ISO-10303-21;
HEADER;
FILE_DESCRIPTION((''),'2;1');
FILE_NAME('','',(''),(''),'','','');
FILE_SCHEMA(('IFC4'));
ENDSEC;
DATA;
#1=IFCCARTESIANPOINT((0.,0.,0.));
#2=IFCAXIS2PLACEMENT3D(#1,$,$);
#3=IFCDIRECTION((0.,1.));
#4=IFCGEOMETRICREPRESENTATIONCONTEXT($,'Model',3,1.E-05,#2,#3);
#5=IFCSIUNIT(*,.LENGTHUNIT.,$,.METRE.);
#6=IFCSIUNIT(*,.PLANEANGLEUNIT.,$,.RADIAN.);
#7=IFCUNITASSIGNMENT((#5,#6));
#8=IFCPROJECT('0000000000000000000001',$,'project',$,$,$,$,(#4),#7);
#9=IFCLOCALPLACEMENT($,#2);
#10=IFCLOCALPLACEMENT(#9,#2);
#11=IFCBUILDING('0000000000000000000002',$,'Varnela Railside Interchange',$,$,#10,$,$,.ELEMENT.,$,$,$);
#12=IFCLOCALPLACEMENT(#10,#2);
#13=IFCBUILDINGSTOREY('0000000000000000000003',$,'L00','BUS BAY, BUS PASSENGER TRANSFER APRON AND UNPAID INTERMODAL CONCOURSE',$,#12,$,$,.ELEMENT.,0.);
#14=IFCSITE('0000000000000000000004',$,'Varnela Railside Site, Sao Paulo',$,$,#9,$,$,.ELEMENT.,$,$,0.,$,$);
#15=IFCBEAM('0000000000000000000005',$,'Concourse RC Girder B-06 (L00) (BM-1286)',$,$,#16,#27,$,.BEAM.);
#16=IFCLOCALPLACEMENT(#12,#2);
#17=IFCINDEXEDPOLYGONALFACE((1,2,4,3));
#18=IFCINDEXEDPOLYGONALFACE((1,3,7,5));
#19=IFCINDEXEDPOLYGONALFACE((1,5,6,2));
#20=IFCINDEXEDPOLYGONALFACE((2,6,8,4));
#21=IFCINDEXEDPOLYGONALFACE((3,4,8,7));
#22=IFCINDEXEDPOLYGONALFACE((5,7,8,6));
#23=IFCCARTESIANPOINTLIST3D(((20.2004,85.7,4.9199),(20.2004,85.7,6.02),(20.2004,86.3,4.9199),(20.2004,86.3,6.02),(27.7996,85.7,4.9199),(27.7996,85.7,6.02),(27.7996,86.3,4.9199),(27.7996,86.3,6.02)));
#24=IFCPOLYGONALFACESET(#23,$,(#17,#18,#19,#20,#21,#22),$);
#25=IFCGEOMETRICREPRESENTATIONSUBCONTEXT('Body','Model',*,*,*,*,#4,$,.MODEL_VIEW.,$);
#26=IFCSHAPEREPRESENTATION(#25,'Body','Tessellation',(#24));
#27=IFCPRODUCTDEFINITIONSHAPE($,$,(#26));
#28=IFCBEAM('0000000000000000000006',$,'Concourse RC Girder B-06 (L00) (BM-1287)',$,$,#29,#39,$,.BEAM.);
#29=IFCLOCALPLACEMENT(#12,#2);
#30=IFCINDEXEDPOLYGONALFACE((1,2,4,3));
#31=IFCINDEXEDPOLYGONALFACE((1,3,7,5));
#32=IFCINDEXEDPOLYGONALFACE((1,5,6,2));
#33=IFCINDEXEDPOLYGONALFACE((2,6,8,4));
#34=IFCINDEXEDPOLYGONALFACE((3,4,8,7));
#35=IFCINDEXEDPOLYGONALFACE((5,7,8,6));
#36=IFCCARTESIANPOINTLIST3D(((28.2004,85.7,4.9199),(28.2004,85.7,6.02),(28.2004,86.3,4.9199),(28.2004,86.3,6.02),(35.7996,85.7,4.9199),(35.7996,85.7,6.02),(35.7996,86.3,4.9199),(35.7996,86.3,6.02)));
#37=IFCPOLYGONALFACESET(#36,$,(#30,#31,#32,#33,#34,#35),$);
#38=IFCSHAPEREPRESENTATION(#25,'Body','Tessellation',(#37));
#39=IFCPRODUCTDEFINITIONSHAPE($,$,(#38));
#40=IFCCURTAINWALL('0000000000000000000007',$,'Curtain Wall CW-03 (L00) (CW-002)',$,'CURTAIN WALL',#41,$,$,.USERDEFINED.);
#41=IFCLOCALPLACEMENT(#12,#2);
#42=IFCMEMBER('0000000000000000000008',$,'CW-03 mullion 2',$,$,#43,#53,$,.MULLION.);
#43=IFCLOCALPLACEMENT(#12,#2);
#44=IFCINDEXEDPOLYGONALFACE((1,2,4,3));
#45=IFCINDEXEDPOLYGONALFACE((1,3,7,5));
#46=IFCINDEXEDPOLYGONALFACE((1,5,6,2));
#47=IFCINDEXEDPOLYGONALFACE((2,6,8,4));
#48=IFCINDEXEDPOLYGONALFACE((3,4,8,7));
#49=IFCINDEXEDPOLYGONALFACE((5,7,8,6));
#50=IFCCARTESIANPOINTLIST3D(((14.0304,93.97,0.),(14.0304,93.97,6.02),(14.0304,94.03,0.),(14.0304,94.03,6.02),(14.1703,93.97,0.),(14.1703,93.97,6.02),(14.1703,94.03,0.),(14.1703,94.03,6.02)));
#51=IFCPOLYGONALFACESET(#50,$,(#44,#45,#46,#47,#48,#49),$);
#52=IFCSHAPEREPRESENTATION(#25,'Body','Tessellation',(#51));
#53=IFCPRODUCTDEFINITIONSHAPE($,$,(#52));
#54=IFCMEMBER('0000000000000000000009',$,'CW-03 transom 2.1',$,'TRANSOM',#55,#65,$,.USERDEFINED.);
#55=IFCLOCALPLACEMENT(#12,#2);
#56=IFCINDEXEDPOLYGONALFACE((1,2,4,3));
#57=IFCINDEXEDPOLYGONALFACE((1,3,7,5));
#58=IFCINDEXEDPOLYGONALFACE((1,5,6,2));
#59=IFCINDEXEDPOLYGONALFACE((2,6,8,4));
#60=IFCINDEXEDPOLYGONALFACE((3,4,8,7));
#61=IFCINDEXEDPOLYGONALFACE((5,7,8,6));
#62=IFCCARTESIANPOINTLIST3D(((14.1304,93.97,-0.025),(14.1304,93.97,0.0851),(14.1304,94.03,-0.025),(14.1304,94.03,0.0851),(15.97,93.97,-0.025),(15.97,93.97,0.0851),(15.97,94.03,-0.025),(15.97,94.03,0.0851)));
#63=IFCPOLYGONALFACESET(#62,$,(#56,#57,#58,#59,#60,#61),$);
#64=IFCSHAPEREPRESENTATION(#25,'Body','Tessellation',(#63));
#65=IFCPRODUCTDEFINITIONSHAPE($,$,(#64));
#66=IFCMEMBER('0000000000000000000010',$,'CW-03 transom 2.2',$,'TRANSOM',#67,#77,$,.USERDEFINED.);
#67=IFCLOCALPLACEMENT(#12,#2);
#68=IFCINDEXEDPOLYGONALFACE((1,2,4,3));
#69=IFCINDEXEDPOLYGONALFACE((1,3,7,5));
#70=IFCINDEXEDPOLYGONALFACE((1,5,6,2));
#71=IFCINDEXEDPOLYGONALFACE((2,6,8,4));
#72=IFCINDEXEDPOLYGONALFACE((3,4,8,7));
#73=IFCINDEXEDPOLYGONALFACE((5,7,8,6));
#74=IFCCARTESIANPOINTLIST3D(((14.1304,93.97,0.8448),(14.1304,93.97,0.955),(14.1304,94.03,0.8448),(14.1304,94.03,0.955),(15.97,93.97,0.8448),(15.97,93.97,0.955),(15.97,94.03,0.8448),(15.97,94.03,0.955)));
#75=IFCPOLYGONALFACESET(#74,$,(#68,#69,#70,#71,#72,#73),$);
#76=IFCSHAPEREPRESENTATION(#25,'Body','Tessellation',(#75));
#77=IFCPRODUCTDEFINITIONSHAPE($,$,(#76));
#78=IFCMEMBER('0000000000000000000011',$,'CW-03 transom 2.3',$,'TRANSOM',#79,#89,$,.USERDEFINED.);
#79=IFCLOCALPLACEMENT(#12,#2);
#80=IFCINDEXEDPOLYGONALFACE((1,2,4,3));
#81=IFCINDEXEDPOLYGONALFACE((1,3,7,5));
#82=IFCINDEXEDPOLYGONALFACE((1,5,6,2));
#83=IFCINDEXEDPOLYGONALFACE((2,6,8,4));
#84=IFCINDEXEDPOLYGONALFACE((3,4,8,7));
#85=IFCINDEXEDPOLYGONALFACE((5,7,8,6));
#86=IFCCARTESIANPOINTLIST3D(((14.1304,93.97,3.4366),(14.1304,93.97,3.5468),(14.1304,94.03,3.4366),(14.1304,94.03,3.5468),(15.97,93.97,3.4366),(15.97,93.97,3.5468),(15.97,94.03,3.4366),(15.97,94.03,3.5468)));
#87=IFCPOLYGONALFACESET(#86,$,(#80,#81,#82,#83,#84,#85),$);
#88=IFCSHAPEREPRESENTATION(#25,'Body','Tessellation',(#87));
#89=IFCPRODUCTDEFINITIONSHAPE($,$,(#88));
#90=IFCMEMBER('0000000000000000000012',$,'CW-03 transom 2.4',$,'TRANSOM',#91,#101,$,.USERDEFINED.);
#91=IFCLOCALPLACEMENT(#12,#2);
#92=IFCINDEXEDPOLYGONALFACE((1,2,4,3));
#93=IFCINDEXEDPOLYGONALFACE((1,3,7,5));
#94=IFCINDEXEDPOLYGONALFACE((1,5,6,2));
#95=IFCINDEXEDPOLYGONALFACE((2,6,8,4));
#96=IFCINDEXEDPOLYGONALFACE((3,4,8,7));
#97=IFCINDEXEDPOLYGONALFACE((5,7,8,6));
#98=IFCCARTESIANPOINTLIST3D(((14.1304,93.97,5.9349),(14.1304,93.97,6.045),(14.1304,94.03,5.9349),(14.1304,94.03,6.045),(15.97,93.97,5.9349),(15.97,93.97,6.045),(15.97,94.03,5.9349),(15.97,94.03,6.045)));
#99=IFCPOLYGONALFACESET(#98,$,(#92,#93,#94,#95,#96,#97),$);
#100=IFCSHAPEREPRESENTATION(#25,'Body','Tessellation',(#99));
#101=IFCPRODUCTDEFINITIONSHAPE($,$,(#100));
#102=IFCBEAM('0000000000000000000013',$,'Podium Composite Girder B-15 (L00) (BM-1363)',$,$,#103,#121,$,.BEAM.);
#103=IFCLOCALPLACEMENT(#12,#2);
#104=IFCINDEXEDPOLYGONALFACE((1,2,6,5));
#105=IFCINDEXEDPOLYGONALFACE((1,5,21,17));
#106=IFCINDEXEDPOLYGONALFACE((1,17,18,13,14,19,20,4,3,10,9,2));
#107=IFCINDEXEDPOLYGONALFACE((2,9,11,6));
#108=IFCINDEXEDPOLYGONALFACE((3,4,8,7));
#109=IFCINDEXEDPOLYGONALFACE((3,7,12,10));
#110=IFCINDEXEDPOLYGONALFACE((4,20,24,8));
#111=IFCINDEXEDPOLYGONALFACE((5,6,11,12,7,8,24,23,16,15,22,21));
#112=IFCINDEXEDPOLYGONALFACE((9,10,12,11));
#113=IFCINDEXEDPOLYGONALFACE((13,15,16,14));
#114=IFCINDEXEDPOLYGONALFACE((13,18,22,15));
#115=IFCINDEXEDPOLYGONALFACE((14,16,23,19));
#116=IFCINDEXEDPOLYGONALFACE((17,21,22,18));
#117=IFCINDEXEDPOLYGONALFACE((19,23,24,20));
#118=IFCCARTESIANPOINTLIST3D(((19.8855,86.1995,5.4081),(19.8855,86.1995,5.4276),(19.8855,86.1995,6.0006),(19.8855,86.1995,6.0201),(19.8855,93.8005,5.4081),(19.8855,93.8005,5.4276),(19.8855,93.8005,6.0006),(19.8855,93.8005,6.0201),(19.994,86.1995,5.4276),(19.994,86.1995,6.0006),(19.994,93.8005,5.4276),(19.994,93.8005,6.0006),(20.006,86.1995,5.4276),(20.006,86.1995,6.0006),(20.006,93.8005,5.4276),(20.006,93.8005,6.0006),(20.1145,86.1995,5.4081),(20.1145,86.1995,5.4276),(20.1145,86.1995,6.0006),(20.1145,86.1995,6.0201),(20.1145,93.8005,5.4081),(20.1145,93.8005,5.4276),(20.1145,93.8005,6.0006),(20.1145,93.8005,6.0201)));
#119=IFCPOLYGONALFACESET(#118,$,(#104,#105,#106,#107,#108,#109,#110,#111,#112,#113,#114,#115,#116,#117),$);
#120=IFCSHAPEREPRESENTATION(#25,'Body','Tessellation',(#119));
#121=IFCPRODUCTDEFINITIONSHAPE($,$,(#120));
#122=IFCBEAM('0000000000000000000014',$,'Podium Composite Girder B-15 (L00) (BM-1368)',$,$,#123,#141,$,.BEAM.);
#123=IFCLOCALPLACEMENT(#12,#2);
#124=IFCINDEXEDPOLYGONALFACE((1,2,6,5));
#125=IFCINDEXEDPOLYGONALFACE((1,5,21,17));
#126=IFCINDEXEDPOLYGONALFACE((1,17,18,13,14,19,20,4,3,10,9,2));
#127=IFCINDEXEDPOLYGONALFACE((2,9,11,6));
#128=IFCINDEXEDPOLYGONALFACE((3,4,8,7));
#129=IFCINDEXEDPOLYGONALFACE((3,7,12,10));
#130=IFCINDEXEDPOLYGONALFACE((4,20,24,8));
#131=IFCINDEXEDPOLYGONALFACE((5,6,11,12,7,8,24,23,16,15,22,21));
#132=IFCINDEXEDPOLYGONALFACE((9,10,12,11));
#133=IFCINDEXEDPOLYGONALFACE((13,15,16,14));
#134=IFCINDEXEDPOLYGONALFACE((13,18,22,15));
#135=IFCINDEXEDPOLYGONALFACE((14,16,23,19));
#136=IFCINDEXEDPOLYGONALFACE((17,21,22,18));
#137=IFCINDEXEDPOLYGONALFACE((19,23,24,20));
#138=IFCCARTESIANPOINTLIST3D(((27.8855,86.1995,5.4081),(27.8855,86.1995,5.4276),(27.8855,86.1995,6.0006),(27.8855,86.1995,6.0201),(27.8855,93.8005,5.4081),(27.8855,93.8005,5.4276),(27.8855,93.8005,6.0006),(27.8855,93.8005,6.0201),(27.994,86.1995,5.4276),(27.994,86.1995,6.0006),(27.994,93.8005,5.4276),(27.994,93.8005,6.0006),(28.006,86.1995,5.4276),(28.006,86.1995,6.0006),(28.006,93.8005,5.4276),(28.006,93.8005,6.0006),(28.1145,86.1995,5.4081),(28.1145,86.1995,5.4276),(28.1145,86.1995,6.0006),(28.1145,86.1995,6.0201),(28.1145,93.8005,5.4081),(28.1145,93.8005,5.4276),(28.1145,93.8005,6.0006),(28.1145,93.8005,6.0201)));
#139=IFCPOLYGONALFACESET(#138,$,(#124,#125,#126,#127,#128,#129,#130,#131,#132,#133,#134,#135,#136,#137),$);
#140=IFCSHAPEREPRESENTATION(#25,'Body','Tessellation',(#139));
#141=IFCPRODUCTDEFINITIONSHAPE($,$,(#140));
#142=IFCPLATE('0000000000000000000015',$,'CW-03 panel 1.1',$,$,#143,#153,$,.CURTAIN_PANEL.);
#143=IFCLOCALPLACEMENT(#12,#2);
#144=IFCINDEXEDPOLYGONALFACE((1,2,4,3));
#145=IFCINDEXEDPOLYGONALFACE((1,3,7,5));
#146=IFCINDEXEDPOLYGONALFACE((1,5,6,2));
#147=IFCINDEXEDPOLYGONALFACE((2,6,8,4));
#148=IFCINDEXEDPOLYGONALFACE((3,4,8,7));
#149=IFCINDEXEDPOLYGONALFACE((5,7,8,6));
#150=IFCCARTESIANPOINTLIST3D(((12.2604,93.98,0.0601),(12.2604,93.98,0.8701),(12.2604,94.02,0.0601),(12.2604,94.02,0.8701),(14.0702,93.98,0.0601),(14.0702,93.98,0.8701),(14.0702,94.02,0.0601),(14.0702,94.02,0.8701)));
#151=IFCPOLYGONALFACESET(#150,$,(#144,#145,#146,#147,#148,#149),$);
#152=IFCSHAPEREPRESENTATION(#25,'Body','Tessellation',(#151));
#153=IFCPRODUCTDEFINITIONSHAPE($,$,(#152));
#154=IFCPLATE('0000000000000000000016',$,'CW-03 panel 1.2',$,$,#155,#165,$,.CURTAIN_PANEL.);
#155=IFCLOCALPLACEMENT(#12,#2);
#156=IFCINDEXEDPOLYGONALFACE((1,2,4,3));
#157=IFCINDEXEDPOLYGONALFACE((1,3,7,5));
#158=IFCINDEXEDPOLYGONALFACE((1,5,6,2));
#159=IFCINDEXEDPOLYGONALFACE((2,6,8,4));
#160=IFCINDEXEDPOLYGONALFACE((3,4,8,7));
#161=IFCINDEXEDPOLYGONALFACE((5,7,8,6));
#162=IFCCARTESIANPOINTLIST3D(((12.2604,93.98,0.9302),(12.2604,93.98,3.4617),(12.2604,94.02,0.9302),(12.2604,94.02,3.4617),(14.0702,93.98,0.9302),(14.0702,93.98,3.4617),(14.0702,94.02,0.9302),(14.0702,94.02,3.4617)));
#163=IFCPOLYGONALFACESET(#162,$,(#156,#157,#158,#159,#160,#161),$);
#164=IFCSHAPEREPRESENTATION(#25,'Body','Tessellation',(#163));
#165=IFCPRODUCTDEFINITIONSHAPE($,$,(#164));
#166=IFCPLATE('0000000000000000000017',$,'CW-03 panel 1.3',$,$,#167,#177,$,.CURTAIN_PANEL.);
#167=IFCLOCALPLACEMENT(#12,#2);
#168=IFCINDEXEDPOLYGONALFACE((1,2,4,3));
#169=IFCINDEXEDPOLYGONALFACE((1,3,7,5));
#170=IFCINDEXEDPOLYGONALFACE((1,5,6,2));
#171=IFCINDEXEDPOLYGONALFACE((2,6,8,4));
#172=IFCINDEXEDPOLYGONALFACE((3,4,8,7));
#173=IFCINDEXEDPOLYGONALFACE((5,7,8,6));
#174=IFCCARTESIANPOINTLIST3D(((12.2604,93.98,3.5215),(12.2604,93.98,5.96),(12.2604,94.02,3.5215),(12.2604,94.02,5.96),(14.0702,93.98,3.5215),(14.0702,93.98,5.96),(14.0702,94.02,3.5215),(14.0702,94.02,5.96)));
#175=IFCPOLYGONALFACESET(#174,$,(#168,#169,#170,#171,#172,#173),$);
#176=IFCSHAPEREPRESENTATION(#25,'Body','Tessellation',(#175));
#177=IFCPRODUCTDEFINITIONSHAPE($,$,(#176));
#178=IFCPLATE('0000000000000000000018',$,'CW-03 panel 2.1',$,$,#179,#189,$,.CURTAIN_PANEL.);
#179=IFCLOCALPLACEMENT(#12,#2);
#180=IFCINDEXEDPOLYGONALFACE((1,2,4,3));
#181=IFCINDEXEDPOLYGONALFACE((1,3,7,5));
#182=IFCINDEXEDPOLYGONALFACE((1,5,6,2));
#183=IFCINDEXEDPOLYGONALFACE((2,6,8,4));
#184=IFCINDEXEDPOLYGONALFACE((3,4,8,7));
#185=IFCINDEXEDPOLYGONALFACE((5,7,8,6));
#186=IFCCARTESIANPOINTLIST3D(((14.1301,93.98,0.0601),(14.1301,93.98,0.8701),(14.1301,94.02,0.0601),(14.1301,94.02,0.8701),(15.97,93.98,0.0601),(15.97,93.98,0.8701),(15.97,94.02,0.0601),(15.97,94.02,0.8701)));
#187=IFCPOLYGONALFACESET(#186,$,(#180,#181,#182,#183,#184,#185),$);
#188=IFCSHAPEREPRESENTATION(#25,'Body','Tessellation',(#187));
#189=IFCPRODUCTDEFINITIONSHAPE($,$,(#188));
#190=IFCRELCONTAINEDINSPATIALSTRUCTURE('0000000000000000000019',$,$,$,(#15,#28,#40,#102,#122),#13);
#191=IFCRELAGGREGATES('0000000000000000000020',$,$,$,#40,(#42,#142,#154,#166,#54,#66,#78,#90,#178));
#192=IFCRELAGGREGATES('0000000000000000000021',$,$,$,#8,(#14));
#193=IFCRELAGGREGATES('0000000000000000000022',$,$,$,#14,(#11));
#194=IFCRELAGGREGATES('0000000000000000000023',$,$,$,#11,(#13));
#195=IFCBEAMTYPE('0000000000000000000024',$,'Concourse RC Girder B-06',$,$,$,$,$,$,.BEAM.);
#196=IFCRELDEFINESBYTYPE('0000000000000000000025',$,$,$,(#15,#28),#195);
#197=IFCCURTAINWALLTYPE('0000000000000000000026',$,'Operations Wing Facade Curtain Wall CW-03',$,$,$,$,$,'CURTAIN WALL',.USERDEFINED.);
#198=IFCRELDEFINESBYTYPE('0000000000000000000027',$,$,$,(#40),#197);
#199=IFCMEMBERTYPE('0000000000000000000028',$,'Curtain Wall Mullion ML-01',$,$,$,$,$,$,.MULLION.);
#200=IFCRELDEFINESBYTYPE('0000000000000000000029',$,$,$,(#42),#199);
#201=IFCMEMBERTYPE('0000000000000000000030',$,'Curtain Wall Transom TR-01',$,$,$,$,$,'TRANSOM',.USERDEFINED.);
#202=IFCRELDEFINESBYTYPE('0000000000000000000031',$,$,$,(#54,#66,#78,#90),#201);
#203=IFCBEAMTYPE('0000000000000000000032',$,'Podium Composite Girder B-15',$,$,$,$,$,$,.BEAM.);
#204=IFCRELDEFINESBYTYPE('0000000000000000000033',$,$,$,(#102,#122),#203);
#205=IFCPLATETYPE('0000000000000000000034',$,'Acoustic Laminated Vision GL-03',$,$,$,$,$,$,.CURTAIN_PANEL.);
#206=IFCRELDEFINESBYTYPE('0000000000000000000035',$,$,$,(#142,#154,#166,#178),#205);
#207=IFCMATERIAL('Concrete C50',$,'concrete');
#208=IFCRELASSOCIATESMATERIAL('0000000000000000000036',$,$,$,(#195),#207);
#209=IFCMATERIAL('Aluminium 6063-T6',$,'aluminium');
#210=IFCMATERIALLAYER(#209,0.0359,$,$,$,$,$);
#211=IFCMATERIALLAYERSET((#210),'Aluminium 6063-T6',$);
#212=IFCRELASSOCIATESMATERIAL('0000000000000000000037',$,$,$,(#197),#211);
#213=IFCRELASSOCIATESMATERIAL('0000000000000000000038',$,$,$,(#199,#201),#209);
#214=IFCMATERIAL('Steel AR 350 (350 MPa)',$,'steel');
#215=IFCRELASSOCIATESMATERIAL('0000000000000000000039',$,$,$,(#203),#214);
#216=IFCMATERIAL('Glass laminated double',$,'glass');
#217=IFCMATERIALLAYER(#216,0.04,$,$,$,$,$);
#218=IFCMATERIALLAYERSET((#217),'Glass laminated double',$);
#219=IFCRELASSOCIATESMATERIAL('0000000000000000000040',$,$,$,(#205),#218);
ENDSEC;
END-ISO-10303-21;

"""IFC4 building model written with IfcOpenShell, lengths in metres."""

from ifc_helpers import new_model, si_unit, direction, frame, origin, origin_2d, place, context, subcontext, project, spatial, rectangle, i_section, extrude, material, layer, layer_set, material_profile, profile_set, type_object, element, aggregate, save


model = new_model("IFC4")

# Units and contexts
model_context = context("Model", 3, precision=1e-05, world=origin(), true_north=direction((0.0, 1.0)))
body_context = subcontext(model_context, "Body", "Model", "MODEL_VIEW")
ifc_project = project(units=[si_unit("LENGTHUNIT", "METRE"), si_unit("PLANEANGLEUNIT", "RADIAN")], contexts=[model_context])

# Site, building, storey
site_placement = place(None, origin())
site = spatial("IfcSite", under=ifc_project, at=site_placement, Name="Varnela Railside Site, Sao Paulo", CompositionType="ELEMENT", RefElevation=0.0)
building_placement = place(site_placement, origin())
building = spatial("IfcBuilding", under=site, at=building_placement, Name="Varnela Railside Interchange", CompositionType="ELEMENT")
storey_placement = place(building_placement, origin())
storey = spatial("IfcBuildingStorey", under=building, at=storey_placement, Name="L00", Description="BUS BAY, BUS PASSENGER TRANSFER APRON AND UNPAID INTERMODAL CONCOURSE", CompositionType="ELEMENT", Elevation=0.0)

# Shared definitions
ifc_material_1 = material(Name="Steel AR 350 (350 MPa)", Category="steel")

# Beams
ifc_material_2 = material(Name="Concrete C50", Category="concrete")
ifc_material_profile_1 = material_profile(ifc_material_2, rectangle(XDim=0.6001, YDim=1.1001, at=origin_2d()), Name="RC 600x1100")
ifc_profile_set_1 = profile_set([ifc_material_profile_1], Name="Concrete C50")
beam_type_1 = type_object("IfcBeamType", Name="Concourse RC Girder B-06", PredefinedType="BEAM", material=ifc_profile_set_1)
for number, where, z_axis, x_axis, name in (
    (1, (20.2004, 86.0, 5.47), (1.0, 0.0, 0.0), (0.0, 1.0, 0.0), "Concourse RC Girder B-06 (L00) (BM-1286)"),
    (2, (28.2004, 86.0, 5.47), (1.0, 0.0, 0.0), (0.0, 1.0, 0.0), "Concourse RC Girder B-06 (L00) (BM-1287)"),
):
    element("IfcBeam", number, at=place(storey_placement, frame(where, z_axis=z_axis, x_axis=x_axis)), inside=storey, type_object=beam_type_1, Name=name, PredefinedType="BEAM", context=body_context, shape_type="SweptSolid", body=[
        extrude(rectangle(XDim=0.6001, YDim=1.1001, at=origin_2d()), origin(), (0.0, 0.0, 1.0), 7.5991),
    ])

# Curtain wall, members
ifc_material_3 = material(Name="Aluminium 6063-T6", Category="aluminium")
ifc_layer_1 = layer(ifc_material_3, 0.0359)
ifc_layer_set_1 = layer_set([ifc_layer_1], Name="Aluminium 6063-T6")
curtain_wall_type = type_object("IfcCurtainWallType", Name="Operations Wing Facade Curtain Wall CW-03", ElementType="CURTAIN WALL", PredefinedType="USERDEFINED", material=ifc_layer_set_1)
curtain_wall_placement = place(storey_placement, origin())
curtain_wall = element("IfcCurtainWall", 3, at=curtain_wall_placement, inside=storey, type_object=curtain_wall_type, Name="Curtain Wall CW-03 (L00) (CW-002)", ObjectType="CURTAIN WALL", PredefinedType="USERDEFINED")
ifc_material_profile_2 = material_profile(ifc_material_3, rectangle(XDim=0.0601, YDim=0.1399, at=origin_2d()), Name="ALU 60x140")
ifc_profile_set_2 = profile_set([ifc_material_profile_2], Name="Aluminium 6063-T6")
member_type_1 = type_object("IfcMemberType", Name="Curtain Wall Mullion ML-01", PredefinedType="MULLION", material=ifc_profile_set_2)
member_1_placement = place(storey_placement, frame((14.1003, 94.0, 0.0), z_axis=(0.0, 0.0, 1.0), x_axis=(0.0, 1.0, 0.0)))
member_1 = element("IfcMember", 4, at=member_1_placement, type_object=member_type_1, Name="CW-03 mullion 2", PredefinedType="MULLION", context=body_context, shape_type="SweptSolid", body=[
    extrude(rectangle(XDim=0.0601, YDim=0.1399, at=origin_2d()), origin(), (0.0, 0.0, 1.0), 6.02),
])
ifc_material_profile_3 = material_profile(ifc_material_3, rectangle(XDim=0.0601, YDim=0.1101, at=origin_2d()), Name="ALU 60x110")
ifc_profile_set_3 = profile_set([ifc_material_profile_3], Name="Aluminium 6063-T6")
member_type_2 = type_object("IfcMemberType", Name="Curtain Wall Transom TR-01", ElementType="TRANSOM", PredefinedType="USERDEFINED", material=ifc_profile_set_3)
member_2_placement = place(storey_placement, frame((14.1304, 94.0, 0.03), z_axis=(1.0, 0.0, 0.0), x_axis=(0.0, 1.0, 0.0)))
member_2 = element("IfcMember", 5, at=member_2_placement, type_object=member_type_2, Name="CW-03 transom 2.1", ObjectType="TRANSOM", PredefinedType="USERDEFINED", context=body_context, shape_type="SweptSolid", body=[
    extrude(rectangle(XDim=0.0601, YDim=0.1101, at=origin_2d()), origin(), (0.0, 0.0, 1.0), 1.8396),
])
member_3_placement = place(storey_placement, frame((14.1304, 94.0, 0.8999), z_axis=(1.0, 0.0, 0.0), x_axis=(0.0, 1.0, 0.0)))
member_3 = element("IfcMember", 6, at=member_3_placement, type_object=member_type_2, Name="CW-03 transom 2.2", ObjectType="TRANSOM", PredefinedType="USERDEFINED", context=body_context, shape_type="SweptSolid", body=[
    extrude(rectangle(XDim=0.0601, YDim=0.1101, at=origin_2d()), origin(), (0.0, 0.0, 1.0), 1.8396),
])
member_4_placement = place(storey_placement, frame((14.1304, 94.0, 3.4917), z_axis=(1.0, 0.0, 0.0), x_axis=(0.0, 1.0, 0.0)))
member_4 = element("IfcMember", 7, at=member_4_placement, type_object=member_type_2, Name="CW-03 transom 2.3", ObjectType="TRANSOM", PredefinedType="USERDEFINED", context=body_context, shape_type="SweptSolid", body=[
    extrude(rectangle(XDim=0.0601, YDim=0.1101, at=origin_2d()), origin(), (0.0, 0.0, 1.0), 1.8396),
])
member_5_placement = place(storey_placement, frame((14.1304, 94.0, 5.99), z_axis=(1.0, 0.0, 0.0), x_axis=(0.0, 1.0, 0.0)))
member_5 = element("IfcMember", 8, at=member_5_placement, type_object=member_type_2, Name="CW-03 transom 2.4", ObjectType="TRANSOM", PredefinedType="USERDEFINED", context=body_context, shape_type="SweptSolid", body=[
    extrude(rectangle(XDim=0.0601, YDim=0.1101, at=origin_2d()), origin(), (0.0, 0.0, 1.0), 1.8396),
])

# Beams
ifc_material_profile_4 = material_profile(ifc_material_1, i_section(OverallWidth=0.229, OverallDepth=0.6121, WebThickness=0.012, FlangeThickness=0.0195, at=origin_2d()), Name="W610x125")
ifc_profile_set_4 = profile_set([ifc_material_profile_4], Name="Steel AR 350 (350 MPa)")
beam_type_2 = type_object("IfcBeamType", Name="Podium Composite Girder B-15", PredefinedType="BEAM", material=ifc_profile_set_4)
for number, where, z_axis, x_axis, name in (
    (9, (20.0, 86.1995, 5.7141), (0.0, 1.0, 0.0), (-1.0, 0.0, 0.0), "Podium Composite Girder B-15 (L00) (BM-1363)"),
    (10, (28.0, 86.1995, 5.7141), (0.0, 1.0, 0.0), (-1.0, 0.0, 0.0), "Podium Composite Girder B-15 (L00) (BM-1368)"),
):
    element("IfcBeam", number, at=place(storey_placement, frame(where, z_axis=z_axis, x_axis=x_axis)), inside=storey, type_object=beam_type_2, Name=name, PredefinedType="BEAM", context=body_context, shape_type="SweptSolid", body=[
        extrude(i_section(OverallWidth=0.229, OverallDepth=0.6121, WebThickness=0.012, FlangeThickness=0.0195, at=origin_2d()), origin(), (0.0, 0.0, 1.0), 7.6011),
    ])

# Plates
ifc_material_4 = material(Name="Glass laminated double", Category="glass")
ifc_layer_2 = layer(ifc_material_4, 0.04)
ifc_layer_set_2 = layer_set([ifc_layer_2], Name="Glass laminated double")
plate_type = type_object("IfcPlateType", Name="Acoustic Laminated Vision GL-03", PredefinedType="CURTAIN_PANEL", material=ifc_layer_set_2)
plate_1_placement = place(storey_placement, frame((13.1653, 94.0, 0.0601), z_axis=(0.0, 0.0, 1.0), x_axis=(1.0, 0.0, 0.0)))
plate_1 = element("IfcPlate", 11, at=plate_1_placement, type_object=plate_type, Name="CW-03 panel 1.1", PredefinedType="CURTAIN_PANEL", context=body_context, shape_type="SweptSolid", body=[
    extrude(rectangle(XDim=1.8098, YDim=0.04, at=origin_2d()), origin(), (0.0, 0.0, 1.0), 0.8101),
])
plate_2_placement = place(storey_placement, frame((13.1653, 94.0, 0.9302), z_axis=(0.0, 0.0, 1.0), x_axis=(1.0, 0.0, 0.0)))
plate_2 = element("IfcPlate", 12, at=plate_2_placement, type_object=plate_type, Name="CW-03 panel 1.2", PredefinedType="CURTAIN_PANEL", context=body_context, shape_type="SweptSolid", body=[
    extrude(rectangle(XDim=1.8098, YDim=0.04, at=origin_2d()), origin(), (0.0, 0.0, 1.0), 2.5315),
])
plate_3_placement = place(storey_placement, frame((13.1653, 94.0, 3.5215), z_axis=(0.0, 0.0, 1.0), x_axis=(1.0, 0.0, 0.0)))
plate_3 = element("IfcPlate", 13, at=plate_3_placement, type_object=plate_type, Name="CW-03 panel 1.3", PredefinedType="CURTAIN_PANEL", context=body_context, shape_type="SweptSolid", body=[
    extrude(rectangle(XDim=1.8098, YDim=0.04, at=origin_2d()), origin(), (0.0, 0.0, 1.0), 2.4385),
])
plate_4_placement = place(storey_placement, frame((15.05, 94.0, 0.0601), z_axis=(0.0, 0.0, 1.0), x_axis=(1.0, 0.0, 0.0)))
plate_4 = element("IfcPlate", 14, at=plate_4_placement, type_object=plate_type, Name="CW-03 panel 2.1", PredefinedType="CURTAIN_PANEL", context=body_context, shape_type="SweptSolid", body=[
    extrude(rectangle(XDim=1.8398, YDim=0.04, at=origin_2d()), origin(), (0.0, 0.0, 1.0), 0.8101),
])
aggregate(curtain_wall, [member_1, plate_1, plate_2, plate_3, member_2, member_3, member_4, member_5, plate_4])

save(model, "model.ifc")
